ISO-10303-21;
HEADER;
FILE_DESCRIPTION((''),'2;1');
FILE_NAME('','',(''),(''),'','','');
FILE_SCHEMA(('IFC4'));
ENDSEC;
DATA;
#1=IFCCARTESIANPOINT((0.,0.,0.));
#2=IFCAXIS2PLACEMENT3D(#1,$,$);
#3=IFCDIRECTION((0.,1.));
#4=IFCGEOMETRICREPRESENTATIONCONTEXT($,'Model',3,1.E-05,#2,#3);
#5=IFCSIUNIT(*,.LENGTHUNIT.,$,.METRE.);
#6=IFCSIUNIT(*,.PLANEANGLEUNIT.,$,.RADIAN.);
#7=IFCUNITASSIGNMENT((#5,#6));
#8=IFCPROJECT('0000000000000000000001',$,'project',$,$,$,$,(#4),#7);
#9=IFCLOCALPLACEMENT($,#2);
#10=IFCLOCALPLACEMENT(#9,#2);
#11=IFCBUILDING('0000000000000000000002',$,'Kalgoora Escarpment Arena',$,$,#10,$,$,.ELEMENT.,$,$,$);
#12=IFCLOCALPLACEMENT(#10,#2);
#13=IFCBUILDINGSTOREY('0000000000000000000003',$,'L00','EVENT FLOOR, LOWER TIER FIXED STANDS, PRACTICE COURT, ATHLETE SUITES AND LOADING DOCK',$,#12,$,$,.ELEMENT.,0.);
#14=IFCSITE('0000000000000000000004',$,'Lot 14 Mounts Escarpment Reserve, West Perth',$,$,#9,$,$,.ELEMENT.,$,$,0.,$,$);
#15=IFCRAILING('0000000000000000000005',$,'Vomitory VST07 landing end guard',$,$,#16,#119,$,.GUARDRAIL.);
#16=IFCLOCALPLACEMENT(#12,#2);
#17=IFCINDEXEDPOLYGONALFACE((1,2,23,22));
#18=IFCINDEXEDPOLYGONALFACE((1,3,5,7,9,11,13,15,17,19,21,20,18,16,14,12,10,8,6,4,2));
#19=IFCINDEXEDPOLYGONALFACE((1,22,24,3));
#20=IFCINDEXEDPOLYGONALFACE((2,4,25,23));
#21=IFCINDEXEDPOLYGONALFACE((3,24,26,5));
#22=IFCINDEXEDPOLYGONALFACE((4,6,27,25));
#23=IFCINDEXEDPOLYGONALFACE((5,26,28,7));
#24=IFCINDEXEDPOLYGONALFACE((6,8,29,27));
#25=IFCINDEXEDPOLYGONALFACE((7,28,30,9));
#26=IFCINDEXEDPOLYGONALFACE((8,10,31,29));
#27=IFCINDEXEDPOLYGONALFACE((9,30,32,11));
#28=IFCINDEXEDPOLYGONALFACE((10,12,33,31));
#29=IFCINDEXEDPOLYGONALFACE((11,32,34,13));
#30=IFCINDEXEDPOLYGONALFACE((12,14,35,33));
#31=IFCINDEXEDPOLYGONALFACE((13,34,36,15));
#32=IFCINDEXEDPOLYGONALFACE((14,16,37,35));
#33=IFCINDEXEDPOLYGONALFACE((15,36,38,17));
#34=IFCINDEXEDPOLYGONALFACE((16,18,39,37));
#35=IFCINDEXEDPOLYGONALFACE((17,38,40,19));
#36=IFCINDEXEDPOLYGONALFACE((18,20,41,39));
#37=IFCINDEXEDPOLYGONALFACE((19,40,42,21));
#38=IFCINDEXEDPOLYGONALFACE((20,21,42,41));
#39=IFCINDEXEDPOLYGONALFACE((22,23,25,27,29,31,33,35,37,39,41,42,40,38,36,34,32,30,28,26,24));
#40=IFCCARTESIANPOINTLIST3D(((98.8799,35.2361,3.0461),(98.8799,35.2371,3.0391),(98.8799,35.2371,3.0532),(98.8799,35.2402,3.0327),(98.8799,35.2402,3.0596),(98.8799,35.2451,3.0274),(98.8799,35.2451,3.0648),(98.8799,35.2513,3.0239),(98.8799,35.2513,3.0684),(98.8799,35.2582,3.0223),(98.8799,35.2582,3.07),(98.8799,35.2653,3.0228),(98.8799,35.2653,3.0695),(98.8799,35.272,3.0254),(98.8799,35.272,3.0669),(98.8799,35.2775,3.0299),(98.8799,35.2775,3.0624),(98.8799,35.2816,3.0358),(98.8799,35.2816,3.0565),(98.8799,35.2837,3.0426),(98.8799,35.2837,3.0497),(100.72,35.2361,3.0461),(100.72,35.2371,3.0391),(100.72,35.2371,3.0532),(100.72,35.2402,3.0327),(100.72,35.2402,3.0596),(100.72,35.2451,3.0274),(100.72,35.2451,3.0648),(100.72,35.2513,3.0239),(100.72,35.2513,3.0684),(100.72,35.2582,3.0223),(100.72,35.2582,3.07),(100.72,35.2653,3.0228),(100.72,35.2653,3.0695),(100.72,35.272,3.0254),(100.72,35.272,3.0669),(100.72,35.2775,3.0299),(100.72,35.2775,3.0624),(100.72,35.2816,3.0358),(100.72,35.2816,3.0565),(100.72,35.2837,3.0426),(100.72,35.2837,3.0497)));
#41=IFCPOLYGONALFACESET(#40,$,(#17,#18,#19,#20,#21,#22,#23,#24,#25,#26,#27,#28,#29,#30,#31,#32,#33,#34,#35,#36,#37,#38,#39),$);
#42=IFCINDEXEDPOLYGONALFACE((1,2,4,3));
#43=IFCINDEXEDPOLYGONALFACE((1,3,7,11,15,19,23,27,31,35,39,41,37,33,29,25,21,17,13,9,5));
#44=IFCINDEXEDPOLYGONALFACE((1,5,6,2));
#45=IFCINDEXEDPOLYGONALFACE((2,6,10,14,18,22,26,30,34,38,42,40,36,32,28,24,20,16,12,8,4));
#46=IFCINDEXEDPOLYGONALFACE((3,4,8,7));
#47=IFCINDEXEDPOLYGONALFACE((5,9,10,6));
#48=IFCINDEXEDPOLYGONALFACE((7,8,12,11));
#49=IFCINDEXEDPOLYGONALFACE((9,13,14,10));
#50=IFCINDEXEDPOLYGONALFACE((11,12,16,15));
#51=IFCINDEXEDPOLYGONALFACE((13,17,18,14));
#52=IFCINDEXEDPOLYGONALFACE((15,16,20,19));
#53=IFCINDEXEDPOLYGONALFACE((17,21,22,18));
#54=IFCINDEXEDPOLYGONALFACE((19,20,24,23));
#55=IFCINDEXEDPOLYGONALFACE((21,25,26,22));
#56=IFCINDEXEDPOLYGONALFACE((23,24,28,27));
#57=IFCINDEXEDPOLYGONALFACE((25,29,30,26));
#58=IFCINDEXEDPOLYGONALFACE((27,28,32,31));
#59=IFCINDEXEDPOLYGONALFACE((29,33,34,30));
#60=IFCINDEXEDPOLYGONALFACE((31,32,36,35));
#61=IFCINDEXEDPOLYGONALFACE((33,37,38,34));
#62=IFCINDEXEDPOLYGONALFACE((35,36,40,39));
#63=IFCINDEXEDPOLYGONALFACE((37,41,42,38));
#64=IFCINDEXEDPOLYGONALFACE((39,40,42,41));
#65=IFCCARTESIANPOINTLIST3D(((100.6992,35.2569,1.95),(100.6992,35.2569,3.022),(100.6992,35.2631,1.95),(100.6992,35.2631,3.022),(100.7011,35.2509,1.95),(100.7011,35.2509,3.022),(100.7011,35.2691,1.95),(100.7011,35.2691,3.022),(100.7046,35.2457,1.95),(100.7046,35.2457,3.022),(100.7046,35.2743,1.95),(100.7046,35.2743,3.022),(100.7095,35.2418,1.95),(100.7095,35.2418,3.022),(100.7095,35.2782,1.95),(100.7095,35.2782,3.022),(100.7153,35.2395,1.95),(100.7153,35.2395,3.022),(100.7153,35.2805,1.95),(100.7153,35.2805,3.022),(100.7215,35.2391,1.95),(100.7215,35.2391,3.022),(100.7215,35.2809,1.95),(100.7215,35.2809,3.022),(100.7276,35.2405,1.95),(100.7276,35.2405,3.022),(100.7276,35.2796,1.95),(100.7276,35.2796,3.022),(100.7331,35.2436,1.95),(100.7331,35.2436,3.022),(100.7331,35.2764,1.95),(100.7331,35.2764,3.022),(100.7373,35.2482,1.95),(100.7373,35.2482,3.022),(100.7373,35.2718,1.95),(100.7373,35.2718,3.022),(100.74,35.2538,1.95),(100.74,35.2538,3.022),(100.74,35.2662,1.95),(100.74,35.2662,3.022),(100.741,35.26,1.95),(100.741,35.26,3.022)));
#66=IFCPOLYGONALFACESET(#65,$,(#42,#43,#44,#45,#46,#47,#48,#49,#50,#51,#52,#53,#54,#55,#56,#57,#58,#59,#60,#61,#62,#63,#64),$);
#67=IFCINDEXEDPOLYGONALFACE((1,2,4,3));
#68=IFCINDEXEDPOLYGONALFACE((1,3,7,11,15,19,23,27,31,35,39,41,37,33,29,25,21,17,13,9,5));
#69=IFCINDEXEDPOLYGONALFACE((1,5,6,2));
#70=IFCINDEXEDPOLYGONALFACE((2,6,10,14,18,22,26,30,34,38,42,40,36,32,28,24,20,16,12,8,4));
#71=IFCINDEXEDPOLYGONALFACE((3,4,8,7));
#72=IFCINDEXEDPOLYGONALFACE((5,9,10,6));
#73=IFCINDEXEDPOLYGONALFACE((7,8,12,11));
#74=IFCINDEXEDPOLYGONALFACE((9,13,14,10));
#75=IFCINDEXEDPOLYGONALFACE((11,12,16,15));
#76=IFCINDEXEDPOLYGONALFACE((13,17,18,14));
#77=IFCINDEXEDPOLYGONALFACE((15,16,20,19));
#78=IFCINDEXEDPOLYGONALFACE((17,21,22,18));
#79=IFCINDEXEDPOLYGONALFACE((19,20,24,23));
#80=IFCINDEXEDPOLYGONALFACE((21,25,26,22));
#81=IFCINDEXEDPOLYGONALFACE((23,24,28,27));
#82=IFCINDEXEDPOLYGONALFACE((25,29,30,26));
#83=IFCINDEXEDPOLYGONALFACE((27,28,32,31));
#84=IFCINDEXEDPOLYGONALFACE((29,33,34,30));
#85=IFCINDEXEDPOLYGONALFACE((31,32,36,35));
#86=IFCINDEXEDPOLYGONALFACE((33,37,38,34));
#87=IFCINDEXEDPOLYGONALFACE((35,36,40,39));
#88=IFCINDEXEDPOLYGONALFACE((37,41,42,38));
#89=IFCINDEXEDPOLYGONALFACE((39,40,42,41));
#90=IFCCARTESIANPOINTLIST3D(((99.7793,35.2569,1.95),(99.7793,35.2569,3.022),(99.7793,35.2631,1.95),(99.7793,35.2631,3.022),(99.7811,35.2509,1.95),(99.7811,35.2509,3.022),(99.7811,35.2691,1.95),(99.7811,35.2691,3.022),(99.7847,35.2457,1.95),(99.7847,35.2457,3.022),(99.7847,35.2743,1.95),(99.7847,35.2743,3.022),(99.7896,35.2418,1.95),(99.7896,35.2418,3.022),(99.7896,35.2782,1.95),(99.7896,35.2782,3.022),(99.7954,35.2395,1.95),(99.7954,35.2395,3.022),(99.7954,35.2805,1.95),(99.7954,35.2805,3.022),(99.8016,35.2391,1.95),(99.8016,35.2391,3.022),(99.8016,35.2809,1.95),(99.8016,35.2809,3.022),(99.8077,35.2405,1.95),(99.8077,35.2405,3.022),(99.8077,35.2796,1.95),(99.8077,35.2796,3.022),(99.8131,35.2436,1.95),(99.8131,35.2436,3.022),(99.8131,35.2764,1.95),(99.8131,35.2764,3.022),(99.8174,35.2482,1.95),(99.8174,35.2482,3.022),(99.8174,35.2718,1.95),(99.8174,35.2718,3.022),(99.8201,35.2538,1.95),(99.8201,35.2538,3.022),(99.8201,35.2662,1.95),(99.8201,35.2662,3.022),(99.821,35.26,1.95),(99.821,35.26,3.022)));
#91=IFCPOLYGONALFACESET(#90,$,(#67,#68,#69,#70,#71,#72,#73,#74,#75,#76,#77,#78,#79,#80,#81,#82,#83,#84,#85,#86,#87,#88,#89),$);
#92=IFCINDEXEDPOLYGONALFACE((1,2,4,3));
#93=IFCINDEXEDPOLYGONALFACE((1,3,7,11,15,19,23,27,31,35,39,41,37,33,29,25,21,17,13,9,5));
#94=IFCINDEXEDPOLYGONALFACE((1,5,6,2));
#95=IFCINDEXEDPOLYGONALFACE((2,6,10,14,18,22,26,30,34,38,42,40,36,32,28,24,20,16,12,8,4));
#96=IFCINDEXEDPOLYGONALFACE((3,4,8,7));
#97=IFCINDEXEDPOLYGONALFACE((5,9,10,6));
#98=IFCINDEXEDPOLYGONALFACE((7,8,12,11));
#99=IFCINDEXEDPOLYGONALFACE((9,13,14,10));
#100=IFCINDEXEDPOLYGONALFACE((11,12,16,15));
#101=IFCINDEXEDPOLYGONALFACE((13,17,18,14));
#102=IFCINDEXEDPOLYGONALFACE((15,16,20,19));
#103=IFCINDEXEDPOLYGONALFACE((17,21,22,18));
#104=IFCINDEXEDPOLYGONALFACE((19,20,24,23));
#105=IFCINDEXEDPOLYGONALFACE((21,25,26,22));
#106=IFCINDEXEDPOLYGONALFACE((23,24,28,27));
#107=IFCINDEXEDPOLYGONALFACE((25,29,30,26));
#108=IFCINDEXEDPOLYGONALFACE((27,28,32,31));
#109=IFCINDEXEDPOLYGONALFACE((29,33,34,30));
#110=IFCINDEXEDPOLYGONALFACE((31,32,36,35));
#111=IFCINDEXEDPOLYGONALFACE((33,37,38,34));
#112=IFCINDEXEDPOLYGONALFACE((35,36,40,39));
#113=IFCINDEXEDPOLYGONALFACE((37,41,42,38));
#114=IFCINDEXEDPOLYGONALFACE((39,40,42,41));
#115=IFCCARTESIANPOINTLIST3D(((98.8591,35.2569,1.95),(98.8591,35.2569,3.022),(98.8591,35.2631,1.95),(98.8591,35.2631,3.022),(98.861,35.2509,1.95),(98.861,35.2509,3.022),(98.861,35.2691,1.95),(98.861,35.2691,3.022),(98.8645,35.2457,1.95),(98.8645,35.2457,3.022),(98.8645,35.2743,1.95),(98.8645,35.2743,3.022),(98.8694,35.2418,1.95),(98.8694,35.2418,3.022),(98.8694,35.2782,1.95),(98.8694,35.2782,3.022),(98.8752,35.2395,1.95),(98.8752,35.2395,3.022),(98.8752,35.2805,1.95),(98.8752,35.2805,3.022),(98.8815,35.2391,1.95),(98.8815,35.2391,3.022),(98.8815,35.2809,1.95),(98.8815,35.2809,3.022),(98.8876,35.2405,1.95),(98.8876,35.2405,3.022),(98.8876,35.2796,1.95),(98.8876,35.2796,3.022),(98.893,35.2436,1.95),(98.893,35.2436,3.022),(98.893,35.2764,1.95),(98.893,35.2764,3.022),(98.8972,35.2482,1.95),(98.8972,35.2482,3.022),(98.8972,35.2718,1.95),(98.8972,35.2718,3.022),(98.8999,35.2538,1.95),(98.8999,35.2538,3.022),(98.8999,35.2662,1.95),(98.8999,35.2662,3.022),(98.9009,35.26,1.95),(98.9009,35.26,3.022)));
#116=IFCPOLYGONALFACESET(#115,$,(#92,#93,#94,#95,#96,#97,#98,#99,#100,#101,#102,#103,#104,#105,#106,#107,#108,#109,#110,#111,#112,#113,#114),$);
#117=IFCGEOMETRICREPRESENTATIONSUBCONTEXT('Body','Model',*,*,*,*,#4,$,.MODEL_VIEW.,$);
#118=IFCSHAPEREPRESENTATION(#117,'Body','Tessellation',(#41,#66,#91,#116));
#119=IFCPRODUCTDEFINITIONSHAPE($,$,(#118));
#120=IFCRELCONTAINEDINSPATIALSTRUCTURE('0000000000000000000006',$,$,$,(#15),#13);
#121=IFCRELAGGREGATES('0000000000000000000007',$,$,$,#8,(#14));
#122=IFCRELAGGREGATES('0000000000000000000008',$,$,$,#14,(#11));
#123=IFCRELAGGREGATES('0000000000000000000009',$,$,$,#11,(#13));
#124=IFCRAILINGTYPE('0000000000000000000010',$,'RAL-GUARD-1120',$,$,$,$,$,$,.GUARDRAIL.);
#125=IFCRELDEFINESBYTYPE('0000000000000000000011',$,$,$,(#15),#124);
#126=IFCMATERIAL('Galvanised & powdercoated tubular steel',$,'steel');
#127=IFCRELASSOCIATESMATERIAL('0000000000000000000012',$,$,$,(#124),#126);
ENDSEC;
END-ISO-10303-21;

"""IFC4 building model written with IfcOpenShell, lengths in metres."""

from ifc_helpers import new_model, si_unit, direction, frame, origin, origin_2d, place, context, subcontext, project, spatial, circle, extrude, material, type_object, element, save


model = new_model("IFC4")

# Units and contexts
model_context = context("Model", 3, precision=1e-05, world=origin(), true_north=direction((0.0, 1.0)))
body_context = subcontext(model_context, "Body", "Model", "MODEL_VIEW")
ifc_project = project(units=[si_unit("LENGTHUNIT", "METRE"), si_unit("PLANEANGLEUNIT", "RADIAN")], contexts=[model_context])

# Site, building, storey
site_placement = place(None, origin())
site = spatial("IfcSite", under=ifc_project, at=site_placement, Name="Lot 14 Mounts Escarpment Reserve, West Perth", CompositionType="ELEMENT", RefElevation=0.0)
building_placement = place(site_placement, origin())
building = spatial("IfcBuilding", under=site, at=building_placement, Name="Kalgoora Escarpment Arena", CompositionType="ELEMENT")
storey_placement = place(building_placement, origin())
storey = spatial("IfcBuildingStorey", under=building, at=storey_placement, Name="L00", Description="EVENT FLOOR, LOWER TIER FIXED STANDS, PRACTICE COURT, ATHLETE SUITES AND LOADING DOCK", CompositionType="ELEMENT", Elevation=0.0)

# Railing
ifc_material_1 = material(Name="Galvanised & powdercoated tubular steel", Category="steel")
railing_type_1 = type_object("IfcRailingType", Name="RAL-GUARD-1120", PredefinedType="GUARDRAIL", material=ifc_material_1)
railing_1_placement = place(storey_placement, frame((100.72, 35.26, 1.95)))
element("IfcRailing", 1, at=railing_1_placement, inside=storey, type_object=railing_type_1, Name="Vomitory VST07 landing end guard", PredefinedType="GUARDRAIL", context=body_context, shape_type="SweptSolid", body=[
    extrude(circle(Radius=0.0239, at=origin_2d()), frame((0.0, 0.0, 1.0962), z_axis=(-1.0, 0.0, 0.0), x_axis=(0.0, -1.0, 0.0)), (0.0, 0.0, 1.0), 1.8401),
    extrude(circle(Radius=0.021, at=origin_2d()), origin(), (0.0, 0.0, 1.0), 1.072),
    extrude(circle(Radius=0.021, at=origin_2d()), frame((-0.9199, 0.0, 0.0)), (0.0, 0.0, 1.0), 1.072),
    extrude(circle(Radius=0.021, at=origin_2d()), frame((-1.8401, 0.0, 0.0)), (0.0, 0.0, 1.0), 1.072),
])

save(model, "model.ifc")
